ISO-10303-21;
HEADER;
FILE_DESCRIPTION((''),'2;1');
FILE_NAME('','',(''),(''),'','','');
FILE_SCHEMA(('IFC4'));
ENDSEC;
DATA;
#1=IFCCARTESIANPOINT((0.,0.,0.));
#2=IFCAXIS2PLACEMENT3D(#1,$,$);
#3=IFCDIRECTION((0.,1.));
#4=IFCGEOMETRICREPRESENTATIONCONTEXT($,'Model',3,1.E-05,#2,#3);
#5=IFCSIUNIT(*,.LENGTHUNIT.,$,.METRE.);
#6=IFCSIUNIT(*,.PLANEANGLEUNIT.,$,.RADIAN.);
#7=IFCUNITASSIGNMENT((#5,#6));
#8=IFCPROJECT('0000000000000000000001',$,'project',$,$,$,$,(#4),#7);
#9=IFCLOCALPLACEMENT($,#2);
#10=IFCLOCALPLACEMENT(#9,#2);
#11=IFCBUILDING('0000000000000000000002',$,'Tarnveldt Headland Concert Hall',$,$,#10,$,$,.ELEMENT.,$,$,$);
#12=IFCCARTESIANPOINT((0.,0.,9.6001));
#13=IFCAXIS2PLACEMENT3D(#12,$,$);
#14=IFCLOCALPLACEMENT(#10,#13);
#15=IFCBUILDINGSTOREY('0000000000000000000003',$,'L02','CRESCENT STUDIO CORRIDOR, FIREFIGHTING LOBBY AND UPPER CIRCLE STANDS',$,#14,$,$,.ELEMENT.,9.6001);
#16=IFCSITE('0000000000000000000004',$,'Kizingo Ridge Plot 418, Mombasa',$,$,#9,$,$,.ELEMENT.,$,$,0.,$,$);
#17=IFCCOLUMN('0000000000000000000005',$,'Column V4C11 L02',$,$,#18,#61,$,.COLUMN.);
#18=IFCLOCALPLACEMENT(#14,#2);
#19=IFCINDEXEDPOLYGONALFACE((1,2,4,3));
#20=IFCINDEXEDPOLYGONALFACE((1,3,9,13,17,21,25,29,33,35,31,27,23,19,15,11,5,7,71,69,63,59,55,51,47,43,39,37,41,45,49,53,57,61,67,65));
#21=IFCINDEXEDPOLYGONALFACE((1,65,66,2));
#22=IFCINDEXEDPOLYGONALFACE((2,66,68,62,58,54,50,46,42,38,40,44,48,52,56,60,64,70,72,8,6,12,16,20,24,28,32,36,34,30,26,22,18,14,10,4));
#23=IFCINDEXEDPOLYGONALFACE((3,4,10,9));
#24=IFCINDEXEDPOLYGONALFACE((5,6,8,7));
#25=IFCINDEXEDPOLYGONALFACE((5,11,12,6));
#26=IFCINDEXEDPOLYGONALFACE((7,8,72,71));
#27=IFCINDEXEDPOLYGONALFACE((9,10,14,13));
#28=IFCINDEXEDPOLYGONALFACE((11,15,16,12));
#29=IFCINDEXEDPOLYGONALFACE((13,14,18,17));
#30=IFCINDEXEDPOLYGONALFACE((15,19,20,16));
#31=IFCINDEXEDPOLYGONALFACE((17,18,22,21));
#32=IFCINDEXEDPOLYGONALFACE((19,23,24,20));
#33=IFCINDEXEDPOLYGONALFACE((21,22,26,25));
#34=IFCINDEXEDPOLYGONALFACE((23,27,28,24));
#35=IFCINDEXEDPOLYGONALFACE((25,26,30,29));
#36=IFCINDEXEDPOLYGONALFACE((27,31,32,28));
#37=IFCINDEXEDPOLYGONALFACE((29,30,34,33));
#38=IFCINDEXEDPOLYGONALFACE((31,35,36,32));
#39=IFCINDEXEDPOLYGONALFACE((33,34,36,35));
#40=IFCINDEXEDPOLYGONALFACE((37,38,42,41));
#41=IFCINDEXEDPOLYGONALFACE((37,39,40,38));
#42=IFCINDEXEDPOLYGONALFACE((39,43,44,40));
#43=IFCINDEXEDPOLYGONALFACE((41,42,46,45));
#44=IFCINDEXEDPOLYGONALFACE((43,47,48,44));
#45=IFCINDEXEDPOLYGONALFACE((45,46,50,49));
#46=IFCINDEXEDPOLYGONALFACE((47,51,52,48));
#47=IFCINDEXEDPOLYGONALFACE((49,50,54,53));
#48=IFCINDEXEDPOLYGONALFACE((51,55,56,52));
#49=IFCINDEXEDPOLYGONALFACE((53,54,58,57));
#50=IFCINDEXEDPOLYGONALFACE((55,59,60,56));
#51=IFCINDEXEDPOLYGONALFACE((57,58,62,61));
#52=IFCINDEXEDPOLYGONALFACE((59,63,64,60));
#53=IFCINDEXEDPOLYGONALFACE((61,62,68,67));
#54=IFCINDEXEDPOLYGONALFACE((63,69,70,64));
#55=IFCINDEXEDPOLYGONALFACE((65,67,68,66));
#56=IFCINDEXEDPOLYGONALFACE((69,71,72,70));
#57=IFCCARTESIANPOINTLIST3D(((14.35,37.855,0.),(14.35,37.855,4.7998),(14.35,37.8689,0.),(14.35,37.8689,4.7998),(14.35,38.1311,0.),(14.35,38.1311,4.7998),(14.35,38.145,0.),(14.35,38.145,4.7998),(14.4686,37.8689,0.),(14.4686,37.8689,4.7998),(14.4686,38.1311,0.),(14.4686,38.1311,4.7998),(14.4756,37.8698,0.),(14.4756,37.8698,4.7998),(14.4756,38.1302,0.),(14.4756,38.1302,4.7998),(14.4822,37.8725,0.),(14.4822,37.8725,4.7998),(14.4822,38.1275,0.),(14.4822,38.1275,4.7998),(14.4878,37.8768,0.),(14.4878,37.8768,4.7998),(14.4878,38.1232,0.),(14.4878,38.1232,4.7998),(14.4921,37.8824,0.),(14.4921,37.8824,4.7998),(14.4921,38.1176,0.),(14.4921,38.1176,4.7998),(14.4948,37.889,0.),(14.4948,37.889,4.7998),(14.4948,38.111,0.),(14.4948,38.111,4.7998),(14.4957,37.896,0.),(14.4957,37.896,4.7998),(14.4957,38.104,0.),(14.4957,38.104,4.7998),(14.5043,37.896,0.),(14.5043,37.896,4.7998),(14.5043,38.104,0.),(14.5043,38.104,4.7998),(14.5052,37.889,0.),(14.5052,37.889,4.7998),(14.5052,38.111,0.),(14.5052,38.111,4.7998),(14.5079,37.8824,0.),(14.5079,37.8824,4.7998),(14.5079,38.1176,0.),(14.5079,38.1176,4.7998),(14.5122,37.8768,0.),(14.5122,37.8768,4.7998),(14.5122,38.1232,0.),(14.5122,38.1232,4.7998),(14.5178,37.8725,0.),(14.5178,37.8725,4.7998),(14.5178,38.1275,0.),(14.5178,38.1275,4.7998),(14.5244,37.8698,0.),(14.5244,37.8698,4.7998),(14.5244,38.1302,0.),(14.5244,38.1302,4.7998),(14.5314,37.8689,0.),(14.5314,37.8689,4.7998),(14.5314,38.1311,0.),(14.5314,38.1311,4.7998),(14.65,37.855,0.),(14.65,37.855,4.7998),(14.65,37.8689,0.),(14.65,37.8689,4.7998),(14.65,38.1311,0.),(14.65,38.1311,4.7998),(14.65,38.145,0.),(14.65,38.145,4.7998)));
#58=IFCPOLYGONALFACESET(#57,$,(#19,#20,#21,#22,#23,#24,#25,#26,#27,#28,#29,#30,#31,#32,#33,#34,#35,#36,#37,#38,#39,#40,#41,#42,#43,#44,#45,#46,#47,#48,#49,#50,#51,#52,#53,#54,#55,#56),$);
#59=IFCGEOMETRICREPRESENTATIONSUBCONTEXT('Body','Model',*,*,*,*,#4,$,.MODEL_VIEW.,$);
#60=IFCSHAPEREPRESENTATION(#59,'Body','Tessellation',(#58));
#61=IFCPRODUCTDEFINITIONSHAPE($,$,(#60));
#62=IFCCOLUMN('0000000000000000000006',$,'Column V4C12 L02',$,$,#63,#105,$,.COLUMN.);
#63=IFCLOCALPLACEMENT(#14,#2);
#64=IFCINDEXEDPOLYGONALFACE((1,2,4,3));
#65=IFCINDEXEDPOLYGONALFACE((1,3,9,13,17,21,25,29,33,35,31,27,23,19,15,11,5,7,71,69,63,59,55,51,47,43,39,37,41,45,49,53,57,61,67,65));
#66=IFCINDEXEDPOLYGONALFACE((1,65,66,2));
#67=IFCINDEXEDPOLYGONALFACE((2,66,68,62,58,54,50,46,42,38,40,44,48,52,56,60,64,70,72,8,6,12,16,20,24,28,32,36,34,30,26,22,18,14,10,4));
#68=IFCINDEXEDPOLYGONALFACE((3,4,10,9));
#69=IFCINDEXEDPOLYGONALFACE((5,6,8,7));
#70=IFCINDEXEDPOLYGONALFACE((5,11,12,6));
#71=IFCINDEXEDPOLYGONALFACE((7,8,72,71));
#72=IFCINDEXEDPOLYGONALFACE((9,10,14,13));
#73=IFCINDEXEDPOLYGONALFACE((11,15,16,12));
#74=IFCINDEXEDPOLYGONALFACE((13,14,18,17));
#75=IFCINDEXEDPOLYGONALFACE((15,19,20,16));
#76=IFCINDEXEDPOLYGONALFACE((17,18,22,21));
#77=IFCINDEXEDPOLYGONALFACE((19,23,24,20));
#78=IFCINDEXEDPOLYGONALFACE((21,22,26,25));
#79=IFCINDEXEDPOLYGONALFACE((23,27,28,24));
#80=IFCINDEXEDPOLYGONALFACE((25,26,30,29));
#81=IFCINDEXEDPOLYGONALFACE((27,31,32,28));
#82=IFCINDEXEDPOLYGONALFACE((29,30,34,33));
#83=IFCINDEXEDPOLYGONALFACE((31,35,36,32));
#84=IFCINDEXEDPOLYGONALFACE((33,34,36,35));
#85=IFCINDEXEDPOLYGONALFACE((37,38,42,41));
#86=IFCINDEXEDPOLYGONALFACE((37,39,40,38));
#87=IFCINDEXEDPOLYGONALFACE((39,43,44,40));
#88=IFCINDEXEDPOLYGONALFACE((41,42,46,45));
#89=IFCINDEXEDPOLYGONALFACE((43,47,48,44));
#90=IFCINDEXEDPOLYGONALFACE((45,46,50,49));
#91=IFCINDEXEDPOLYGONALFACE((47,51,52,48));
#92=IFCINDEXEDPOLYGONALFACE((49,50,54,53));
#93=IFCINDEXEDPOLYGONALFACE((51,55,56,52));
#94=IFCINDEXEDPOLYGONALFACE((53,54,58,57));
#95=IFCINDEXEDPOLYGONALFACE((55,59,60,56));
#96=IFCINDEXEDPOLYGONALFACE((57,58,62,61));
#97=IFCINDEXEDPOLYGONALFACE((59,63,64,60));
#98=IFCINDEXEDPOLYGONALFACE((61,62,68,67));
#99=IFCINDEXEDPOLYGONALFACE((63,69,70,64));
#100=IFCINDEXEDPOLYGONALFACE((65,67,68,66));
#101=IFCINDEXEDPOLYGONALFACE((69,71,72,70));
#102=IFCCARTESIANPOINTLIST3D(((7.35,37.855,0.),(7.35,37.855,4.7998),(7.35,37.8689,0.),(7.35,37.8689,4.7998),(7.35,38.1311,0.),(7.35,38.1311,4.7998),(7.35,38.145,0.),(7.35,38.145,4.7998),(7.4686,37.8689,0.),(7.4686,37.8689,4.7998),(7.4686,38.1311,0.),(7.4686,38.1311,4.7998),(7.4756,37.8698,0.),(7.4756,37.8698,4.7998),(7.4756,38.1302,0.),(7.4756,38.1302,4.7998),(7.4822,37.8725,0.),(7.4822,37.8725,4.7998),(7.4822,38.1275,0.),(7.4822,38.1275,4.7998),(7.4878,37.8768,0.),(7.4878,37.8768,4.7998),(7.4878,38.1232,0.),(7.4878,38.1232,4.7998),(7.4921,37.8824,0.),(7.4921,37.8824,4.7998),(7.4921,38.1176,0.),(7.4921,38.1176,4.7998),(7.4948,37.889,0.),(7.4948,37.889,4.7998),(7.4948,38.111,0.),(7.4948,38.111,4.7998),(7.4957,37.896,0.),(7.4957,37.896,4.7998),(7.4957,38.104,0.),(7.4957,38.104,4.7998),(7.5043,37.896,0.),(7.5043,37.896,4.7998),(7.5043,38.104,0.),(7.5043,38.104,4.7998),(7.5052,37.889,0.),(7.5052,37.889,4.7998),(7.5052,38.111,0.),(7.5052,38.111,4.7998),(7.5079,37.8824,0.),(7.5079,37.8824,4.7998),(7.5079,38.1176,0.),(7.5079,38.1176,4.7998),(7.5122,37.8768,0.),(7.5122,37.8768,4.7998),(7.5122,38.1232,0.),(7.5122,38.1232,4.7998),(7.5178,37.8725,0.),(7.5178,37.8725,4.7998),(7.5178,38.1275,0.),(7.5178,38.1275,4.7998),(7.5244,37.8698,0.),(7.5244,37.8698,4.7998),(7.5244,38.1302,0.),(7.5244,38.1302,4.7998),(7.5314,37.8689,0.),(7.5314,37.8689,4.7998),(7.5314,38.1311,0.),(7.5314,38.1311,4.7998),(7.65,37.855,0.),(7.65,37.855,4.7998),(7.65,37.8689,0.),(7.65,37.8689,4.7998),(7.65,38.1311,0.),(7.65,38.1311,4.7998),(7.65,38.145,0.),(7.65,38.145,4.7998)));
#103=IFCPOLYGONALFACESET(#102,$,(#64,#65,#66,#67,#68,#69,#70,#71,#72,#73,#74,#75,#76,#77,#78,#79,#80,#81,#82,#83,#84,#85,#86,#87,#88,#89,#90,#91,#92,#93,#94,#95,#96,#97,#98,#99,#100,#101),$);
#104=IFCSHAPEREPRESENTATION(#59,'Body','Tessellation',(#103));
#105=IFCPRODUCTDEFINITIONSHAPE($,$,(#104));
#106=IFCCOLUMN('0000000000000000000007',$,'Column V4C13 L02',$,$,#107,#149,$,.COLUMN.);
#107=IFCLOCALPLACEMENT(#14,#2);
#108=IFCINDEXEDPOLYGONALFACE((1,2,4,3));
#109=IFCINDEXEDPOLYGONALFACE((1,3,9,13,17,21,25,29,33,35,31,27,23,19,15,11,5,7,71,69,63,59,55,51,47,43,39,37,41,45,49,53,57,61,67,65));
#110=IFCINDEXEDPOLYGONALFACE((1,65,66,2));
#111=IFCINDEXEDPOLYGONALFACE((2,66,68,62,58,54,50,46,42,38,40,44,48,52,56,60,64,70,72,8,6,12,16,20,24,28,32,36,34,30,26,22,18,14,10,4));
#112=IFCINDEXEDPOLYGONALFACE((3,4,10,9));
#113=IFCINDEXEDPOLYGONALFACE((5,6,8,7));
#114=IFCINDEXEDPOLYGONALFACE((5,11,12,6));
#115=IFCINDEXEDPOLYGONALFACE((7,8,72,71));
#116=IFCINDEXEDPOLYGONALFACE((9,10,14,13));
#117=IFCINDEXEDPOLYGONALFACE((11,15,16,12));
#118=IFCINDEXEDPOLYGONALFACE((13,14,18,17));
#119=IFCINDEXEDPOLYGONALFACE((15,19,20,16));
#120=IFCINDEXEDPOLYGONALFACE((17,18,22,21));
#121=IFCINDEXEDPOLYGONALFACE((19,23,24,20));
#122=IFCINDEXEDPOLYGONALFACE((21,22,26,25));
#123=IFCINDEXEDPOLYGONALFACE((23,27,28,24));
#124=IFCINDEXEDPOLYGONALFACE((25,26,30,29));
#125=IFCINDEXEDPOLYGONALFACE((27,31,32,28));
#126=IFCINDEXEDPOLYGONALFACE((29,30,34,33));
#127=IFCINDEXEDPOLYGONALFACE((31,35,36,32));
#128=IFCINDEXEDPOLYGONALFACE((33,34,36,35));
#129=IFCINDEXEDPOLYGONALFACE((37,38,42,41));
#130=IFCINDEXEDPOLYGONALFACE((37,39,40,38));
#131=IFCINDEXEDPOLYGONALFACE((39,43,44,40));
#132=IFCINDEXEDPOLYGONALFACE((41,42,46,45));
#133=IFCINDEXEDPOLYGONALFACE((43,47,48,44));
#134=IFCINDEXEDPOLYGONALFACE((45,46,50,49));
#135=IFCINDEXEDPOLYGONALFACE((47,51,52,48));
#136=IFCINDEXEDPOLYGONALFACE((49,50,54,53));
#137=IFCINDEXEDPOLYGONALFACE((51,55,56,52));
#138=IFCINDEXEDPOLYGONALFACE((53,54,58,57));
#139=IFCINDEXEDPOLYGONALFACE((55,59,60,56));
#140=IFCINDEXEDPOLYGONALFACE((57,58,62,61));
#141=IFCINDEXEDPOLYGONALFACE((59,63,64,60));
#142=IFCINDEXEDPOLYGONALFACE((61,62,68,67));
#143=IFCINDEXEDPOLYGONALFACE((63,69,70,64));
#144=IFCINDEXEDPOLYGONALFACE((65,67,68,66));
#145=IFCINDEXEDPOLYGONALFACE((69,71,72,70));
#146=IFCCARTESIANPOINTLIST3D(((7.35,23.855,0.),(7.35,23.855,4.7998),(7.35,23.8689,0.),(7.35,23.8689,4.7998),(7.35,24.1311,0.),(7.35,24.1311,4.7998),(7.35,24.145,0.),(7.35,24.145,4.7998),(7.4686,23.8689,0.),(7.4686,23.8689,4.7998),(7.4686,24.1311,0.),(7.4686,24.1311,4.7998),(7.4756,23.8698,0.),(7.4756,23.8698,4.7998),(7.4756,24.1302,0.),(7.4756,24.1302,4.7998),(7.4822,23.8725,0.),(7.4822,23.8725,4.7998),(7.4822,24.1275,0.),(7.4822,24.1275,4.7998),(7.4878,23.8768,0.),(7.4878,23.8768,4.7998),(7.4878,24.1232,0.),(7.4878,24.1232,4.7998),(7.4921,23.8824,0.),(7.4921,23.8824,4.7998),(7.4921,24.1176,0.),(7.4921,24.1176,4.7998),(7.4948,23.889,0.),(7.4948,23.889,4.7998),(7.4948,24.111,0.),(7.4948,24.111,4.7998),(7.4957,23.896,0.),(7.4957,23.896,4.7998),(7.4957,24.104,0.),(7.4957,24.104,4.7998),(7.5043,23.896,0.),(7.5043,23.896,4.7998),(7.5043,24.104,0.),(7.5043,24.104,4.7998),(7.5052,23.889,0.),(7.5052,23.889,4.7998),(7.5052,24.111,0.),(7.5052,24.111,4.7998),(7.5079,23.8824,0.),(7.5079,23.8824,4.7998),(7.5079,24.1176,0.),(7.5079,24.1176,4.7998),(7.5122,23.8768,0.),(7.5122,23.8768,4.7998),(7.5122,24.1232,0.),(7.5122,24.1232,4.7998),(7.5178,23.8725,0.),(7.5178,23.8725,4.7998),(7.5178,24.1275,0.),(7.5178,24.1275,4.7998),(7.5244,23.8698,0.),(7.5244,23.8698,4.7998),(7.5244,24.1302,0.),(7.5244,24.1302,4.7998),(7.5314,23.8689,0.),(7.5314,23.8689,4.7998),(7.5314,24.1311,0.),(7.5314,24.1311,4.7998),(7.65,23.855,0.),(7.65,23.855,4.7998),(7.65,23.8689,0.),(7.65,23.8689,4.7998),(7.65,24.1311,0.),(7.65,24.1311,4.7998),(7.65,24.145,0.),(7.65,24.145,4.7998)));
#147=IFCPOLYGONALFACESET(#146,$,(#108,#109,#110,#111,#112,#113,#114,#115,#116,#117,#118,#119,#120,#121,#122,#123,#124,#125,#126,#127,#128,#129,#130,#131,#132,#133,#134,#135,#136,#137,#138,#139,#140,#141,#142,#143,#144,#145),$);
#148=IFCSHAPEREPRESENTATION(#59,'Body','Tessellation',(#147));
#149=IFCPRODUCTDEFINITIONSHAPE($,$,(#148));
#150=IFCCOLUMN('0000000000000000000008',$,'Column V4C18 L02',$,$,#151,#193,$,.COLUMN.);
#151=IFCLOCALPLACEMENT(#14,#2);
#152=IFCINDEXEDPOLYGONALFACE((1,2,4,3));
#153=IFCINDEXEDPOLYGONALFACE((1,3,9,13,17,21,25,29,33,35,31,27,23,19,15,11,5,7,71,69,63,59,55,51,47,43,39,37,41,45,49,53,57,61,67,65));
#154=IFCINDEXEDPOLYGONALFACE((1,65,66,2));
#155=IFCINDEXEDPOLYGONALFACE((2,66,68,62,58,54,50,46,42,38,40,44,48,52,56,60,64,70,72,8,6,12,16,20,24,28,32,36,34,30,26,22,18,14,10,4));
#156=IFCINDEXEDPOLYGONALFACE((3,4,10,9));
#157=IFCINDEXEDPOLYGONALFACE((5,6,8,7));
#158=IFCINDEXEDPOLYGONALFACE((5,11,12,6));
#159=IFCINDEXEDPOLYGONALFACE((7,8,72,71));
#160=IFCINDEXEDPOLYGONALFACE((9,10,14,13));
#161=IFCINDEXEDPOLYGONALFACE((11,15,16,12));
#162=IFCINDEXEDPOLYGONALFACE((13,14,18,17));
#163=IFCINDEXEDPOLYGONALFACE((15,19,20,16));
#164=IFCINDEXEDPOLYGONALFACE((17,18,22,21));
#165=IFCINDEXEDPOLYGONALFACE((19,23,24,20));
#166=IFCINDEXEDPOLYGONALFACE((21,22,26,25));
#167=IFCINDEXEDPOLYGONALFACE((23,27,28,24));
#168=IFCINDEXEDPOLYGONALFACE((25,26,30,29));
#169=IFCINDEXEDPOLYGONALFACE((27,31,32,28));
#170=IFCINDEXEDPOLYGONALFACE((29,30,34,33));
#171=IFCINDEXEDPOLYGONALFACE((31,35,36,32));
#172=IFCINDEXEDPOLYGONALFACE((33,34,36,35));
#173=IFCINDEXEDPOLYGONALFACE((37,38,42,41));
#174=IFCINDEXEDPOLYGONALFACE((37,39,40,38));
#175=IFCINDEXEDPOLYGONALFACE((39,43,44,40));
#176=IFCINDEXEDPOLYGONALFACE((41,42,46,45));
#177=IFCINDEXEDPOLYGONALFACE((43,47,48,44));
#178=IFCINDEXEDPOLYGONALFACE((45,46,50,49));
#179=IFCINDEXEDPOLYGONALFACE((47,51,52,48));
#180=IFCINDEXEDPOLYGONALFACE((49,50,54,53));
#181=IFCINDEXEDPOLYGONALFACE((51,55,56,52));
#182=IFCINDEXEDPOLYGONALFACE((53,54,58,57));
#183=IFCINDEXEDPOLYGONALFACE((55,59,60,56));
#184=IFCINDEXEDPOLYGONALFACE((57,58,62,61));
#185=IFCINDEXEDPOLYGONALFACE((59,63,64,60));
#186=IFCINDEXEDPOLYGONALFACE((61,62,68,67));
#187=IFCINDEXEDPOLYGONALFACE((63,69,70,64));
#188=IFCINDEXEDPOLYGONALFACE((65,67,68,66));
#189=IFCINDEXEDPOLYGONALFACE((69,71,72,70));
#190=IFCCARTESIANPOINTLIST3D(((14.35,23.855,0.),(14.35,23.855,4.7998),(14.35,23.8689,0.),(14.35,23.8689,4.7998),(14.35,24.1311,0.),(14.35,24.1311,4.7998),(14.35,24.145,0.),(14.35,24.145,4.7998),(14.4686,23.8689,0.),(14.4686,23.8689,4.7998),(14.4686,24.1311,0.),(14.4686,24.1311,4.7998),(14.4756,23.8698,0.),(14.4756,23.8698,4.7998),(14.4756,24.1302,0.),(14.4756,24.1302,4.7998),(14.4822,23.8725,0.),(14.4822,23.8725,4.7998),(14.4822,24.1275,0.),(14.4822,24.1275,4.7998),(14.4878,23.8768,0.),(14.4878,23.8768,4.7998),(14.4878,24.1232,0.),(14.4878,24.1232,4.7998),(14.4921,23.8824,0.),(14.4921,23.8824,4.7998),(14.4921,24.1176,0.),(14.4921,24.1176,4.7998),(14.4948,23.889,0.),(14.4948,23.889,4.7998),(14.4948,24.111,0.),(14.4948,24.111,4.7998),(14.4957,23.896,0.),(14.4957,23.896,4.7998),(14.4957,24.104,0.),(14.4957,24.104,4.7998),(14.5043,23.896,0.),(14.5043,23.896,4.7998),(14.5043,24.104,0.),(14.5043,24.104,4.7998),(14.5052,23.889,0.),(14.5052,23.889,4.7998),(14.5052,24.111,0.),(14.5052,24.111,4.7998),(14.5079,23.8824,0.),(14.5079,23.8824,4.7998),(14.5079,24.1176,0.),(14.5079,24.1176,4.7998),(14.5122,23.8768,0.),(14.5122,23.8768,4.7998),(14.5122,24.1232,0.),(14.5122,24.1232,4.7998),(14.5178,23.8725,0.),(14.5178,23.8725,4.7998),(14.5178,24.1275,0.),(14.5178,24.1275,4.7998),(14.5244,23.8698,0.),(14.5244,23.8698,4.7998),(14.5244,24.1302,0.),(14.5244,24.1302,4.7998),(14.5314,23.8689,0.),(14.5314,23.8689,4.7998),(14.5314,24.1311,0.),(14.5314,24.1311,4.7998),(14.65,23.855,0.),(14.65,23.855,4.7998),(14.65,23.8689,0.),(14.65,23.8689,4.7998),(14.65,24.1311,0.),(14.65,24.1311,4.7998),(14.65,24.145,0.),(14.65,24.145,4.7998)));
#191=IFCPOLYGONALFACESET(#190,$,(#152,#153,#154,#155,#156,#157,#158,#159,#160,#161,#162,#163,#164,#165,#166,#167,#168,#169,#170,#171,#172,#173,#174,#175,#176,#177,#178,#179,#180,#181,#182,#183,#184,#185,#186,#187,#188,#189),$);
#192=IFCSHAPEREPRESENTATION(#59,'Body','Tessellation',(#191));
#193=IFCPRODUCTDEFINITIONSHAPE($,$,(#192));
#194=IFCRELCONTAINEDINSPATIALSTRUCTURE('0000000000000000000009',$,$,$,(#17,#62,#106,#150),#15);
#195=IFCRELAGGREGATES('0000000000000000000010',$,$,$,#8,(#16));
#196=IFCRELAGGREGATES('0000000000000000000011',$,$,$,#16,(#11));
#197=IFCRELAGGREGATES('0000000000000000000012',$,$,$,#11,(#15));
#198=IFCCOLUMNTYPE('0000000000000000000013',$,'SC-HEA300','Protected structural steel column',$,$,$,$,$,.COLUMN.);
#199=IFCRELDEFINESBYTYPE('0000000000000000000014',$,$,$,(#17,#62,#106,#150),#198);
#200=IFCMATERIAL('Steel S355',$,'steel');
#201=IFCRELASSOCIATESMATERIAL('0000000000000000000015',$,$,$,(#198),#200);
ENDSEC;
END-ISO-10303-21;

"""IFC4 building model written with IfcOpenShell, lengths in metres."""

from ifc_helpers import new_model, si_unit, direction, frame, origin, origin_2d, place, context, subcontext, project, spatial, i_section, extrude, material, material_profile, profile_set, type_object, element, save


model = new_model("IFC4")

# Units and contexts
model_context = context("Model", 3, precision=1e-05, world=origin(), true_north=direction((0.0, 1.0)))
body_context = subcontext(model_context, "Body", "Model", "MODEL_VIEW")
ifc_project = project(units=[si_unit("LENGTHUNIT", "METRE"), si_unit("PLANEANGLEUNIT", "RADIAN")], contexts=[model_context])

# Site, building, storey
site_placement = place(None, origin())
site = spatial("IfcSite", under=ifc_project, at=site_placement, Name="Kizingo Ridge Plot 418, Mombasa", CompositionType="ELEMENT", RefElevation=0.0)
building_placement = place(site_placement, origin())
building = spatial("IfcBuilding", under=site, at=building_placement, Name="Tarnveldt Headland Concert Hall", CompositionType="ELEMENT")
storey_placement = place(building_placement, frame((0.0, 0.0, 9.6001)))
storey = spatial("IfcBuildingStorey", under=building, at=storey_placement, Name="L02", Description="CRESCENT STUDIO CORRIDOR, FIREFIGHTING LOBBY AND UPPER CIRCLE STANDS", CompositionType="ELEMENT", Elevation=9.6001)

# Columns
ifc_material_1 = material(Name="Steel S355", Category="steel")
ifc_material_profile_1 = material_profile(ifc_material_1, i_section(OverallWidth=0.3, OverallDepth=0.29, WebThickness=0.0085, FlangeThickness=0.0139, FilletRadius=0.0271, at=origin_2d()), Name="HEA300", Category="steel")
ifc_profile_set_1 = profile_set([ifc_material_profile_1], Name="Steel S355")
column_type = type_object("IfcColumnType", Name="SC-HEA300", Description="Protected structural steel column", PredefinedType="COLUMN", material=ifc_profile_set_1)
for number, where, z_axis, x_axis, name in (
    (1, (14.5, 38.0, 0.0), (0.0, 0.0, 1.0), (1.0, 0.0, 0.0), "Column V4C11 L02"),
    (2, (7.5, 38.0, 0.0), (0.0, 0.0, 1.0), (1.0, 0.0, 0.0), "Column V4C12 L02"),
    (3, (7.5, 24.0, 0.0), (0.0, 0.0, 1.0), (1.0, 0.0, 0.0), "Column V4C13 L02"),
    (4, (14.5, 24.0, 0.0), (0.0, 0.0, 1.0), (1.0, 0.0, 0.0), "Column V4C18 L02"),
):
    element("IfcColumn", number, at=place(storey_placement, frame(where, z_axis=z_axis, x_axis=x_axis)), inside=storey, type_object=column_type, Name=name, PredefinedType="COLUMN", context=body_context, shape_type="SweptSolid", body=[
        extrude(i_section(OverallWidth=0.3, OverallDepth=0.29, WebThickness=0.0085, FlangeThickness=0.0139, FilletRadius=0.0271, at=origin_2d()), origin(), (0.0, 0.0, 1.0), 4.7998),
    ])

save(model, "model.ifc")
